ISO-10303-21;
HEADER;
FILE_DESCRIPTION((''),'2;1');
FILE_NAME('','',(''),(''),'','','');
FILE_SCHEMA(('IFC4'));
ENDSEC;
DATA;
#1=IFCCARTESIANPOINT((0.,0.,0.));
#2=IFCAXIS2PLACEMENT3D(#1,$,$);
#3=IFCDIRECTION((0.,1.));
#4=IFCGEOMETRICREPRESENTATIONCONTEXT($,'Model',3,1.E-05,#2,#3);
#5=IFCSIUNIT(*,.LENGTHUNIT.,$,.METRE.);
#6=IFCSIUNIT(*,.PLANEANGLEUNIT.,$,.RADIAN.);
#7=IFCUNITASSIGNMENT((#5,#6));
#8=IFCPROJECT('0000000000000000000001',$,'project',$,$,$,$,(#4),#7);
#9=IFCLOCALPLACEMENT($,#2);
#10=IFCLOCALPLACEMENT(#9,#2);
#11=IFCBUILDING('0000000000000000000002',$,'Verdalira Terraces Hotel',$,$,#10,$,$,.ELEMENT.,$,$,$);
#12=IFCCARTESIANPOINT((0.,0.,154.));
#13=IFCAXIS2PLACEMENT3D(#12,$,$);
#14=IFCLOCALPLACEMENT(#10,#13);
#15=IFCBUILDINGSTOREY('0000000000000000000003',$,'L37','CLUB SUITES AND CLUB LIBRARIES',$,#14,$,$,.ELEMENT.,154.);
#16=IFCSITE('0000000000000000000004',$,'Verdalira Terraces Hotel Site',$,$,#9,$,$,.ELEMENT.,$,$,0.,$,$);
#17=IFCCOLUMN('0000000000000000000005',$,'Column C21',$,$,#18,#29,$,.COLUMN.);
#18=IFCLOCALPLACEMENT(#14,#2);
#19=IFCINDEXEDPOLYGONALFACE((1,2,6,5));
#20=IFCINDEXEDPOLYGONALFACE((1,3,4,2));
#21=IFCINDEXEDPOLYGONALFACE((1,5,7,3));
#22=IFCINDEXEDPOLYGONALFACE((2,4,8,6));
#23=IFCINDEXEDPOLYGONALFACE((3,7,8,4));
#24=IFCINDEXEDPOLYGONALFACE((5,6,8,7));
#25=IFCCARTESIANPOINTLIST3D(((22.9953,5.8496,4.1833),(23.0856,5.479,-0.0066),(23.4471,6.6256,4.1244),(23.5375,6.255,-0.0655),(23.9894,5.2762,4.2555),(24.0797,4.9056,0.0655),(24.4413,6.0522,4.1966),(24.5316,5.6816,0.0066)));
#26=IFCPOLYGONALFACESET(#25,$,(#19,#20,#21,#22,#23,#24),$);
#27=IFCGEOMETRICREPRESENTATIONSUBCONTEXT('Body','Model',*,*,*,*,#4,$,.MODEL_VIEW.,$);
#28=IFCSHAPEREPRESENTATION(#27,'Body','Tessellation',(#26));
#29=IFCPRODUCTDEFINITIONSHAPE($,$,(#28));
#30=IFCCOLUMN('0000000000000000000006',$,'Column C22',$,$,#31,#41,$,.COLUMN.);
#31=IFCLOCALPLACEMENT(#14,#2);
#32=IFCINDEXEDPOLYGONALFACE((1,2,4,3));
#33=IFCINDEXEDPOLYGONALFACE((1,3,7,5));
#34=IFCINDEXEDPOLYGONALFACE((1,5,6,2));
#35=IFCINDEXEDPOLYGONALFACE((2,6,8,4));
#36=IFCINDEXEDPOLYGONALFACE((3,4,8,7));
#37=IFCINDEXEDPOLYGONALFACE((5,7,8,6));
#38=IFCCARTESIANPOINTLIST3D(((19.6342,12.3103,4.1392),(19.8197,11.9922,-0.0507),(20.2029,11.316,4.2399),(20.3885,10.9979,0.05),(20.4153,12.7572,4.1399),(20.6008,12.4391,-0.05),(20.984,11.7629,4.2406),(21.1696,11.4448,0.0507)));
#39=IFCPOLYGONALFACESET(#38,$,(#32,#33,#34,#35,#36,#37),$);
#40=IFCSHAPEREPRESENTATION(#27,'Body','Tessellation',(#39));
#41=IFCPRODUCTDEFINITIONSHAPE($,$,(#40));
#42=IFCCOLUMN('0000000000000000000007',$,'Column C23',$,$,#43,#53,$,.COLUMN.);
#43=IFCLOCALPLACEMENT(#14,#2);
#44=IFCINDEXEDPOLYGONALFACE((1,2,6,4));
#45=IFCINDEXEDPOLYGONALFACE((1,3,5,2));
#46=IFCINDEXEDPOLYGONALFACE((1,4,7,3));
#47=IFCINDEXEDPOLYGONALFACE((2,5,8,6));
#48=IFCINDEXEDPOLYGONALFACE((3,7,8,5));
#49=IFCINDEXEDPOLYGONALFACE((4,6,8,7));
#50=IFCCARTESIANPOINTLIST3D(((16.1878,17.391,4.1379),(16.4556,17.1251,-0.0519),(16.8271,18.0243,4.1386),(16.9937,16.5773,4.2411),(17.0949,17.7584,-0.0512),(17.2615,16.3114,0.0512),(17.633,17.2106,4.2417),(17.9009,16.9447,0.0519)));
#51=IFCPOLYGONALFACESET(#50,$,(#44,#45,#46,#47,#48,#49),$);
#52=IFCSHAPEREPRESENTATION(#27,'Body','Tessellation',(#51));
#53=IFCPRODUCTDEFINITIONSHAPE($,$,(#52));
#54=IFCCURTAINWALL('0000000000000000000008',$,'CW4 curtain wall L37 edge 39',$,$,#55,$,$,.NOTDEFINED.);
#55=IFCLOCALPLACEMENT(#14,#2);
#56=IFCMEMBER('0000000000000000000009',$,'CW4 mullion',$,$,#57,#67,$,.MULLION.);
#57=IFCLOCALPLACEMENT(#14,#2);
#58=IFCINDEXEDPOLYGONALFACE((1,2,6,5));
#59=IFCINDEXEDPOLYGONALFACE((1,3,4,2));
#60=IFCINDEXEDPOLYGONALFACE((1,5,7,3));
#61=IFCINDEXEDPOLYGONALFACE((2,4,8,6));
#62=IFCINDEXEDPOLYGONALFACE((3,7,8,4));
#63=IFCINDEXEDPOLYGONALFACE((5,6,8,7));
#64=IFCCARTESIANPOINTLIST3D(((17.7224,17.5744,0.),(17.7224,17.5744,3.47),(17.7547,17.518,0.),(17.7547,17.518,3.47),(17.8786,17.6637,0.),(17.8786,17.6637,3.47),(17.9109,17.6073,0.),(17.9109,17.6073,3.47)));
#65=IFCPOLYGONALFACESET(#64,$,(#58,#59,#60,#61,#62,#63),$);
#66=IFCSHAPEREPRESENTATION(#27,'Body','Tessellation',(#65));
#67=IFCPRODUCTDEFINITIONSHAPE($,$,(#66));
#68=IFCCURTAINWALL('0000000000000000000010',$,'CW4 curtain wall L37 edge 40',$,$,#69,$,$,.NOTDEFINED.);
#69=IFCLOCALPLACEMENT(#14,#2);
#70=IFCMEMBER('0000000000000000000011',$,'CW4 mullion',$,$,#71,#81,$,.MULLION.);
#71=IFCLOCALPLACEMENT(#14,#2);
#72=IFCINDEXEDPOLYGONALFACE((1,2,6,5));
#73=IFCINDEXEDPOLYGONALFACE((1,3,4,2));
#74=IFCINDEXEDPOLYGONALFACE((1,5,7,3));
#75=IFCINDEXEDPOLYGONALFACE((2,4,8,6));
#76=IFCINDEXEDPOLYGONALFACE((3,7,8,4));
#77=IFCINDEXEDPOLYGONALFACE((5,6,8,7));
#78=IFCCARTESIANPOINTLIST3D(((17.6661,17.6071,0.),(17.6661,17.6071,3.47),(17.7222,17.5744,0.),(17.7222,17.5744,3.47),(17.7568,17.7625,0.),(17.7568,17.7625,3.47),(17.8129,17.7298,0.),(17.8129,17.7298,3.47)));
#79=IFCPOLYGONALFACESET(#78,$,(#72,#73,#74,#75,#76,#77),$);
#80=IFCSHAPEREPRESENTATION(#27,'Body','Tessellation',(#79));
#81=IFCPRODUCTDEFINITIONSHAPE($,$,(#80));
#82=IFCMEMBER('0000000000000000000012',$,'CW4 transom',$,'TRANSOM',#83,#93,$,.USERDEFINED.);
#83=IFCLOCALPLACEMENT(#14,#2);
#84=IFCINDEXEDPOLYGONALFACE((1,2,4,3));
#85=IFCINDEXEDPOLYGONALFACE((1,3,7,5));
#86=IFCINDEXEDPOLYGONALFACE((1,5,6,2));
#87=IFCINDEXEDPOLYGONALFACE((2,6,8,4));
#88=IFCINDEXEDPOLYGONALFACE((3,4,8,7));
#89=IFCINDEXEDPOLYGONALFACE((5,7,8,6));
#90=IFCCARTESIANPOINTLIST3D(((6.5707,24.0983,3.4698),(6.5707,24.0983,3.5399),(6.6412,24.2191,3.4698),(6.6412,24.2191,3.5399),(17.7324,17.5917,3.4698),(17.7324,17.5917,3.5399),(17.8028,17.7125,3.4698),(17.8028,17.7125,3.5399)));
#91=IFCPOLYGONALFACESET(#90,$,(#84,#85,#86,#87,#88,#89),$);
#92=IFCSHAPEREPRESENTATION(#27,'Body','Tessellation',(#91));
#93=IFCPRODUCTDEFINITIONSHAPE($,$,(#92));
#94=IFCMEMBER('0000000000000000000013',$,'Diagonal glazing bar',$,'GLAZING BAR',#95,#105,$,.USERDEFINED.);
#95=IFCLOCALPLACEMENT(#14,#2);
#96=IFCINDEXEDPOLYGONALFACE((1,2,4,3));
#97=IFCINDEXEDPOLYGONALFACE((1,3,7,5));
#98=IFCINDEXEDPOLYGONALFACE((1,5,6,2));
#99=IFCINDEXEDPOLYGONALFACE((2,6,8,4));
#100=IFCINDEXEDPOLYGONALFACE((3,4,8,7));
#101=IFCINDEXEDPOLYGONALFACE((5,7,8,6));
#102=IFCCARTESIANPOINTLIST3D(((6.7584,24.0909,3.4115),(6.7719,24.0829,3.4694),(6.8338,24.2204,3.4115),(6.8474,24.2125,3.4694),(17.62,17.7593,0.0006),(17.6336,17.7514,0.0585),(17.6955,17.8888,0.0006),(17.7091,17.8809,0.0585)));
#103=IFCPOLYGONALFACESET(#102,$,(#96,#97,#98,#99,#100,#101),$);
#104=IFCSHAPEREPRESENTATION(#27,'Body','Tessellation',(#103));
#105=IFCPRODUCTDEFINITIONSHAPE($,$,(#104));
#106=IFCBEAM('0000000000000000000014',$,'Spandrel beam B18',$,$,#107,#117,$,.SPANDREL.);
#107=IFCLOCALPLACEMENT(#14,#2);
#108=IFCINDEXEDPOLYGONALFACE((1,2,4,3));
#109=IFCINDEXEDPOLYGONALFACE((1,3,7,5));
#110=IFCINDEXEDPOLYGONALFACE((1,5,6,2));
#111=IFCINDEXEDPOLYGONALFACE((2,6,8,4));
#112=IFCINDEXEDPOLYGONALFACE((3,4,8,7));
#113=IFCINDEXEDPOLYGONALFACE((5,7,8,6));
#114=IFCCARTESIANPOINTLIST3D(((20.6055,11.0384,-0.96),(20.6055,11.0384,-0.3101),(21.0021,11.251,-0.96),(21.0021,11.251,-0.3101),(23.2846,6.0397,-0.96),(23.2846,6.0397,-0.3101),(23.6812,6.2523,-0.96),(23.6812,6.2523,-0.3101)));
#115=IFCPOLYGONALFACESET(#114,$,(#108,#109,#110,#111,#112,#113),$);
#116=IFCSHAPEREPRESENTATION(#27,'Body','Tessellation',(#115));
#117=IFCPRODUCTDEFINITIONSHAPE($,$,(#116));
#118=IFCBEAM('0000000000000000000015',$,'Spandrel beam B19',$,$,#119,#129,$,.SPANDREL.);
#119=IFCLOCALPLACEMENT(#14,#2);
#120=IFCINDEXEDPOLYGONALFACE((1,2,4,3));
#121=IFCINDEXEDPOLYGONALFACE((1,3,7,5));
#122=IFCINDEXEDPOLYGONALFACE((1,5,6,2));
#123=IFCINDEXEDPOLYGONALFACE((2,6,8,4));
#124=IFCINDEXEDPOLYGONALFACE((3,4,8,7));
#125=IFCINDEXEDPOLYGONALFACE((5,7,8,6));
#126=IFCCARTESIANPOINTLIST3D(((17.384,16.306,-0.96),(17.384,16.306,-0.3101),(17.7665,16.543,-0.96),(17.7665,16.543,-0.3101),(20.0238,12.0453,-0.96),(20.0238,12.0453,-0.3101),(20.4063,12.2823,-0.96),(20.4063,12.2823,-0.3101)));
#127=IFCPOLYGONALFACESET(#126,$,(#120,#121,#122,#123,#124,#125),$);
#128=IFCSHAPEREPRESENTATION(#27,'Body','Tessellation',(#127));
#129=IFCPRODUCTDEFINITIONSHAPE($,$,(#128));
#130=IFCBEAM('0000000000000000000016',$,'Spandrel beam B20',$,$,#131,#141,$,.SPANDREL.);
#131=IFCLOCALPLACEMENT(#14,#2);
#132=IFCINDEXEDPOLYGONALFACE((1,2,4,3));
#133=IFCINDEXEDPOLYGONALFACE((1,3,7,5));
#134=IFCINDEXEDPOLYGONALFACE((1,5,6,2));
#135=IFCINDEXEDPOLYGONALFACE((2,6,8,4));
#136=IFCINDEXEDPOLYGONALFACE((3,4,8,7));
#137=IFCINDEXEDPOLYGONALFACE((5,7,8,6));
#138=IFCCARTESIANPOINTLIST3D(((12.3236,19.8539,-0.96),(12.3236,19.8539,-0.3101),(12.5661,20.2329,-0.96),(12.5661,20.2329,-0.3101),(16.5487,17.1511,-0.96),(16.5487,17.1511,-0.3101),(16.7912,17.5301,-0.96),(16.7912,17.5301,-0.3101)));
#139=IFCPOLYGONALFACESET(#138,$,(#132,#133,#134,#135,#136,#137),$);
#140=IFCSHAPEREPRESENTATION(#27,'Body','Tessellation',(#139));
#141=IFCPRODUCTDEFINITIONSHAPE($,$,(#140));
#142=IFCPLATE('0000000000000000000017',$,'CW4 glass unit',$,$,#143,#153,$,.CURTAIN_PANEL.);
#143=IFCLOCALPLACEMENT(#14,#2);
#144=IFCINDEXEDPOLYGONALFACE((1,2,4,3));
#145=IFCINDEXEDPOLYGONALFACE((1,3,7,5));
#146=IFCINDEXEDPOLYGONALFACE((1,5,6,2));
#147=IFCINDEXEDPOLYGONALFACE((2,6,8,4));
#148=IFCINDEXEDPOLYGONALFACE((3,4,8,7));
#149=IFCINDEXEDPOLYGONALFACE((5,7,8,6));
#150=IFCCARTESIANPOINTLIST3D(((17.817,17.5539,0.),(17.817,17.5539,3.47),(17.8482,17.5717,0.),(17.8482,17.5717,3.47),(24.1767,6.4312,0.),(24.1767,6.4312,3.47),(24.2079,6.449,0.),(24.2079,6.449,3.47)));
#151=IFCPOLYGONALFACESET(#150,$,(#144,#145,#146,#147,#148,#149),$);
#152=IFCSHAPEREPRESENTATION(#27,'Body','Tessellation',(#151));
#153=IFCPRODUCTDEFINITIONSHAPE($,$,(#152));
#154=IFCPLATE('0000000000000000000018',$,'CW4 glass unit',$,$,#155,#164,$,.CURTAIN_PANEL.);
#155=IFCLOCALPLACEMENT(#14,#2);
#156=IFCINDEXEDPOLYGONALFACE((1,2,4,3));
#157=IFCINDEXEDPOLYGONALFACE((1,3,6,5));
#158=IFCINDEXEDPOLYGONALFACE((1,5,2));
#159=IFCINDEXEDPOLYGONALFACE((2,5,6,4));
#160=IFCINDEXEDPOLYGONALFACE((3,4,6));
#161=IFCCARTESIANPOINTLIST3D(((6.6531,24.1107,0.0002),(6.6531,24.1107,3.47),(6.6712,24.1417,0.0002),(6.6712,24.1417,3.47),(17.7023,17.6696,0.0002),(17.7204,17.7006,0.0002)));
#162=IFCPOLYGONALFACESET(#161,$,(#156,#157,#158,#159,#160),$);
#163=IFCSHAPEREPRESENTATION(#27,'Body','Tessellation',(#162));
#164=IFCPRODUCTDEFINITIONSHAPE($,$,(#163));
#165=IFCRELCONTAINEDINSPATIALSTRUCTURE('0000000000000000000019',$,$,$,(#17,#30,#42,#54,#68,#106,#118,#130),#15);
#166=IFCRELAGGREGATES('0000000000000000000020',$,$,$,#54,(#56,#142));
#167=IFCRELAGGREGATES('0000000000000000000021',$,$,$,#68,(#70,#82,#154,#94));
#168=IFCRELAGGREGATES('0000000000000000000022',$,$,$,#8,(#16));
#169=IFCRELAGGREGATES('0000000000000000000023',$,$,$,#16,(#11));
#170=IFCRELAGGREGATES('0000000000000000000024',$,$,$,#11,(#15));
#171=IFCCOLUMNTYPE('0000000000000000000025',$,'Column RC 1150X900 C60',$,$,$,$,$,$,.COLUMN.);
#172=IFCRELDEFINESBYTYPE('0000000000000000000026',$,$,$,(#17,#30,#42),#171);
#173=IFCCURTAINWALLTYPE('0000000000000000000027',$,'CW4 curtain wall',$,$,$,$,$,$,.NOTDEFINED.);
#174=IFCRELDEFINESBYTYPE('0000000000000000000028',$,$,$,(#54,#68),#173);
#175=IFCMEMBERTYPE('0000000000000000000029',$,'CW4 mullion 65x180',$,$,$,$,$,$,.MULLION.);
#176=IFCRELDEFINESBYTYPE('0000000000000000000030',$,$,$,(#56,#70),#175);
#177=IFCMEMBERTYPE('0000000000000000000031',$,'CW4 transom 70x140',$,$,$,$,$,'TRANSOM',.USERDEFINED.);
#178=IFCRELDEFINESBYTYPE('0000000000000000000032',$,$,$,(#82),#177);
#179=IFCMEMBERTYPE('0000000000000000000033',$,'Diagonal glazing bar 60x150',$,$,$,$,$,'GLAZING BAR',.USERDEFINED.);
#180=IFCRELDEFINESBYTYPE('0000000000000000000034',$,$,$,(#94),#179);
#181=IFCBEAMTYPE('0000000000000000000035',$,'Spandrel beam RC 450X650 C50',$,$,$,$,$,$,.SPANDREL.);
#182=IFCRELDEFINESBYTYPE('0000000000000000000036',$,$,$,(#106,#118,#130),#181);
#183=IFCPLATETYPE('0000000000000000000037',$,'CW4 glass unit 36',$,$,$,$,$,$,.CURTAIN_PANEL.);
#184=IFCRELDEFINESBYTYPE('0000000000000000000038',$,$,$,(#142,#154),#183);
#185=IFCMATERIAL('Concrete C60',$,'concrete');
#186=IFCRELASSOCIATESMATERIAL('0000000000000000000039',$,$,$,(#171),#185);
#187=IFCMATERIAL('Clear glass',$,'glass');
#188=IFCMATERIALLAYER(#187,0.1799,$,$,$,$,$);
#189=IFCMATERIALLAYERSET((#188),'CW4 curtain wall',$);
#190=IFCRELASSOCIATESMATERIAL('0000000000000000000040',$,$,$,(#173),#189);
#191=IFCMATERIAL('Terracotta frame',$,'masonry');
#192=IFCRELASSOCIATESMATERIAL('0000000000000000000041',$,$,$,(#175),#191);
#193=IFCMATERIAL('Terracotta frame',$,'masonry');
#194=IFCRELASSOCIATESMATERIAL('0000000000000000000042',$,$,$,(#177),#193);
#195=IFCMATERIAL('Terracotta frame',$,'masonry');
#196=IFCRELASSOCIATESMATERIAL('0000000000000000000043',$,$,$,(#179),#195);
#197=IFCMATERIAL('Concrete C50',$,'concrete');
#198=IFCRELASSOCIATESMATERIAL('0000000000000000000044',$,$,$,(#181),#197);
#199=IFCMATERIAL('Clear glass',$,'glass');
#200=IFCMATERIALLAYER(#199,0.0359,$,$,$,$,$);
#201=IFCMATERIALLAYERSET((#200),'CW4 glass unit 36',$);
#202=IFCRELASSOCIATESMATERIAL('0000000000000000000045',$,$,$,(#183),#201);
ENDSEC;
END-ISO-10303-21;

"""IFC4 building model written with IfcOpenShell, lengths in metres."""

from ifc_helpers import new_model, si_unit, direction, frame, origin, origin_2d, place, context, subcontext, project, spatial, polyline, rectangle, outline, extrude, material, layer, layer_set, material_profile, profile_set, type_object, element, aggregate, save


model = new_model("IFC4")

# Units and contexts
model_context = context("Model", 3, precision=1e-05, world=origin(), true_north=direction((0.0, 1.0)))
body_context = subcontext(model_context, "Body", "Model", "MODEL_VIEW")
ifc_project = project(units=[si_unit("LENGTHUNIT", "METRE"), si_unit("PLANEANGLEUNIT", "RADIAN")], contexts=[model_context])

# Site, building, storey
site_placement = place(None, origin())
site = spatial("IfcSite", under=ifc_project, at=site_placement, Name="Verdalira Terraces Hotel Site", CompositionType="ELEMENT", RefElevation=0.0)
building_placement = place(site_placement, origin())
building = spatial("IfcBuilding", under=site, at=building_placement, Name="Verdalira Terraces Hotel", CompositionType="ELEMENT")
storey_placement = place(building_placement, frame((0.0, 0.0, 154.0)))
storey = spatial("IfcBuildingStorey", under=building, at=storey_placement, Name="L37", Description="CLUB SUITES AND CLUB LIBRARIES", CompositionType="ELEMENT", Elevation=154.0)

# Columns
ifc_material_1 = material(Name="Concrete C60", Category="concrete")
ifc_material_profile_1 = material_profile(ifc_material_1, rectangle(XDim=1.1499, YDim=0.8999, at=origin_2d()), Name="RC 1150X900")
ifc_profile_set_1 = profile_set([ifc_material_profile_1], Name="Concrete C60")
column_type = type_object("IfcColumnType", Name="Column RC 1150X900 C60", PredefinedType="COLUMN", material=ifc_profile_set_1)
column_1_placement = place(storey_placement, frame((23.8086, 5.5803, 0.0), z_axis=(-0.02147, 0.088087, 0.995881), x_axis=(0.864523, -0.49866, 0.062746)))
element("IfcColumn", 1, at=column_1_placement, inside=storey, type_object=column_type, Name="Column C21", PredefinedType="COLUMN", context=body_context, shape_type="SweptSolid", body=[
    extrude(rectangle(XDim=1.1499, YDim=0.8999, at=origin_2d()), origin(), (0.0, 0.0, 1.0), 4.2073),
])
column_2_placement = place(storey_placement, frame((20.4946, 11.7185, 0.0), z_axis=(-0.044114, 0.075632, 0.99616), x_axis=(-0.494612, 0.864693, -0.087554)))
element("IfcColumn", 2, at=column_2_placement, inside=storey, type_object=column_type, Name="Column C22", PredefinedType="COLUMN", context=body_context, shape_type="SweptSolid", body=[
    extrude(rectangle(XDim=1.1499, YDim=0.8999, at=origin_2d()), origin(), (0.0, 0.0, 1.0), 4.2061),
])
column_3_placement = place(storey_placement, frame((17.1782, 17.0349, 0.0), z_axis=(-0.063663, 0.063198, 0.995968), x_axis=(0.700878, -0.707618, 0.089702)))
element("IfcColumn", 3, at=column_3_placement, inside=storey, type_object=column_type, Name="Column C23", PredefinedType="COLUMN", context=body_context, shape_type="SweptSolid", body=[
    extrude(rectangle(XDim=1.1499, YDim=0.8999, at=origin_2d()), origin(), (0.0, 0.0, 1.0), 4.2068),
])

# Curtain wall, member
ifc_material_2 = material(Name="Clear glass", Category="glass")
ifc_layer_1 = layer(ifc_material_2, 0.1799)
ifc_layer_set_1 = layer_set([ifc_layer_1], Name="CW4 curtain wall")
curtain_wall_type = type_object("IfcCurtainWallType", Name="CW4 curtain wall", PredefinedType="NOTDEFINED", material=ifc_layer_set_1)
curtain_wall_1_placement = place(storey_placement, origin())
curtain_wall_1 = element("IfcCurtainWall", 4, at=curtain_wall_1_placement, inside=storey, type_object=curtain_wall_type, Name="CW4 curtain wall L37 edge 39", PredefinedType="NOTDEFINED")
ifc_material_3 = material(Name="Terracotta frame", Category="masonry")
ifc_material_profile_2 = material_profile(ifc_material_3, rectangle(XDim=0.0649, YDim=0.1799, at=origin_2d()), Name="MU 65x180")
ifc_profile_set_2 = profile_set([ifc_material_profile_2], Name="Terracotta frame")
member_type_1 = type_object("IfcMemberType", Name="CW4 mullion 65x180", PredefinedType="MULLION", material=ifc_profile_set_2)
member_1_placement = place(storey_placement, frame((17.8166, 17.5908, 0.0), z_axis=(0.0, 0.0, 1.0), x_axis=(-0.496368, 0.868112, 0.0)))
member_1 = element("IfcMember", 5, at=member_1_placement, type_object=member_type_1, Name="CW4 mullion", PredefinedType="MULLION", context=body_context, shape_type="SweptSolid", body=[
    extrude(rectangle(XDim=0.0649, YDim=0.1799, at=origin_2d()), origin(), (0.0, 0.0, 1.0), 3.47),
])

# Curtain wall, members
curtain_wall_2_placement = place(storey_placement, origin())
curtain_wall_2 = element("IfcCurtainWall", 6, at=curtain_wall_2_placement, inside=storey, type_object=curtain_wall_type, Name="CW4 curtain wall L37 edge 40", PredefinedType="NOTDEFINED")
member_2_placement = place(storey_placement, frame((17.7395, 17.6685, 0.0), z_axis=(0.0, 0.0, 1.0), x_axis=(-0.863923, 0.503623, 0.0)))
member_2 = element("IfcMember", 7, at=member_2_placement, type_object=member_type_1, Name="CW4 mullion", PredefinedType="MULLION", context=body_context, shape_type="SweptSolid", body=[
    extrude(rectangle(XDim=0.0649, YDim=0.1799, at=origin_2d()), origin(), (0.0, 0.0, 1.0), 3.47),
])
ifc_material_4 = material(Name="Terracotta frame", Category="masonry")
ifc_material_profile_3 = material_profile(ifc_material_4, rectangle(XDim=0.1399, YDim=0.0701, at=origin_2d()), Name="TR 70x140")
ifc_profile_set_3 = profile_set([ifc_material_profile_3], Name="Terracotta frame")
member_type_2 = type_object("IfcMemberType", Name="CW4 transom 70x140", ElementType="TRANSOM", PredefinedType="USERDEFINED", material=ifc_profile_set_3)
member_3_placement = place(storey_placement, frame((17.7676, 17.6521, 3.5049), z_axis=(-0.863926, 0.50362, 0.0), x_axis=(-0.50362, -0.863926, 0.0)))
member_3 = element("IfcMember", 8, at=member_3_placement, type_object=member_type_2, Name="CW4 transom", ObjectType="TRANSOM", PredefinedType="USERDEFINED", context=body_context, shape_type="SweptSolid", body=[
    extrude(rectangle(XDim=0.1399, YDim=0.0701, at=origin_2d()), origin(), (0.0, 0.0, 1.0), 12.9197),
])
ifc_material_5 = material(Name="Terracotta frame", Category="masonry")
ifc_material_profile_4 = material_profile(ifc_material_5, rectangle(XDim=0.1499, YDim=0.0601, at=origin_2d()), Name="GB 60x150")
ifc_profile_set_4 = profile_set([ifc_material_profile_4], Name="Terracotta frame")
member_type_3 = type_object("IfcMemberType", Name="Diagonal glazing bar 60x150", ElementType="GLAZING BAR", PredefinedType="USERDEFINED", material=ifc_profile_set_4)
member_4_placement = place(storey_placement, frame((17.6646, 17.8201, 0.0295), z_axis=(-0.83379, 0.486041, 0.261837), x_axis=(-0.503611, -0.86393, 0.0)))
member_4 = element("IfcMember", 9, at=member_4_placement, type_object=member_type_3, Name="Diagonal glazing bar", ObjectType="GLAZING BAR", PredefinedType="USERDEFINED", context=body_context, shape_type="SweptSolid", body=[
    extrude(rectangle(XDim=0.1499, YDim=0.0601, at=origin_2d()), origin(), (0.0, 0.0, 1.0), 13.0269),
])

# Beams
ifc_material_6 = material(Name="Concrete C50", Category="concrete")
ifc_material_profile_5 = material_profile(ifc_material_6, rectangle(XDim=0.45, YDim=0.6499, at=origin_2d()), Name="RC 450X650")
ifc_profile_set_5 = profile_set([ifc_material_profile_5], Name="Concrete C50")
beam_type = type_object("IfcBeamType", Name="Spandrel beam RC 450X650 C50", PredefinedType="SPANDREL", material=ifc_profile_set_5)
beam_1_placement = place(storey_placement, frame((23.4829, 6.146, -0.635), z_axis=(-0.472397, 0.881386, 0.0), x_axis=(-0.881386, -0.472397, 0.0)))
element("IfcBeam", 10, at=beam_1_placement, inside=storey, type_object=beam_type, Name="Spandrel beam B18", PredefinedType="SPANDREL", context=body_context, shape_type="SweptSolid", body=[
    extrude(rectangle(XDim=0.45, YDim=0.6499, at=origin_2d()), origin(), (0.0, 0.0, 1.0), 5.6714),
])
beam_2_placement = place(storey_placement, frame((20.2151, 12.1638, -0.635), z_axis=(-0.526685, 0.850061, 0.0), x_axis=(-0.850061, -0.526685, 0.0)))
element("IfcBeam", 11, at=beam_2_placement, inside=storey, type_object=beam_type, Name="Spandrel beam B19", PredefinedType="SPANDREL", context=body_context, shape_type="SweptSolid", body=[
    extrude(rectangle(XDim=0.45, YDim=0.6499, at=origin_2d()), origin(), (0.0, 0.0, 1.0), 5.0122),
])
beam_3_placement = place(storey_placement, frame((16.6699, 17.3406, -0.635), z_axis=(-0.842378, 0.538887, 0.0), x_axis=(-0.538887, -0.842378, 0.0)))
element("IfcBeam", 12, at=beam_3_placement, inside=storey, type_object=beam_type, Name="Spandrel beam B20", PredefinedType="SPANDREL", context=body_context, shape_type="SweptSolid", body=[
    extrude(rectangle(XDim=0.45, YDim=0.6499, at=origin_2d()), origin(), (0.0, 0.0, 1.0), 5.0156),
])

# Plates
ifc_material_7 = material(Name="Clear glass", Category="glass")
ifc_layer_2 = layer(ifc_material_7, 0.0359)
ifc_layer_set_2 = layer_set([ifc_layer_2], Name="CW4 glass unit 36")
plate_type = type_object("IfcPlateType", Name="CW4 glass unit 36", PredefinedType="CURTAIN_PANEL", material=ifc_layer_set_2)
plate_1_placement = place(storey_placement, frame((21.0125, 12.0015, 0.0), z_axis=(0.0, 0.0, 1.0), x_axis=(-0.496368, 0.868112, 0.0)))
plate_1 = element("IfcPlate", 13, at=plate_1_placement, type_object=plate_type, Name="CW4 glass unit", PredefinedType="CURTAIN_PANEL", context=body_context, shape_type="SweptSolid", body=[
    extrude(rectangle(XDim=12.8125, YDim=0.0359, at=origin_2d()), origin(), (0.0, 0.0, 1.0), 3.47),
])
aggregate(curtain_wall_1, [member_1, plate_1])
plate_2_placement = place(storey_placement, frame((12.1777, 20.8901, 1.7351), z_axis=(0.503623, 0.863923, 0.0), x_axis=(-0.863923, 0.503623, 0.0)))
plate_2 = element("IfcPlate", 14, at=plate_2_placement, type_object=plate_type, Name="CW4 glass unit", PredefinedType="CURTAIN_PANEL", context=body_context, shape_type="SweptSolid", body=[
    extrude(outline(polyline([(-6.3948, -1.7349), (6.3948, -1.7349), (6.3948, 1.7349), (-6.3948, -1.7349)])), origin(), (0.0, 0.0, 1.0), 0.0359),
])
aggregate(curtain_wall_2, [member_2, member_3, plate_2, member_4])

save(model, "model.ifc")
